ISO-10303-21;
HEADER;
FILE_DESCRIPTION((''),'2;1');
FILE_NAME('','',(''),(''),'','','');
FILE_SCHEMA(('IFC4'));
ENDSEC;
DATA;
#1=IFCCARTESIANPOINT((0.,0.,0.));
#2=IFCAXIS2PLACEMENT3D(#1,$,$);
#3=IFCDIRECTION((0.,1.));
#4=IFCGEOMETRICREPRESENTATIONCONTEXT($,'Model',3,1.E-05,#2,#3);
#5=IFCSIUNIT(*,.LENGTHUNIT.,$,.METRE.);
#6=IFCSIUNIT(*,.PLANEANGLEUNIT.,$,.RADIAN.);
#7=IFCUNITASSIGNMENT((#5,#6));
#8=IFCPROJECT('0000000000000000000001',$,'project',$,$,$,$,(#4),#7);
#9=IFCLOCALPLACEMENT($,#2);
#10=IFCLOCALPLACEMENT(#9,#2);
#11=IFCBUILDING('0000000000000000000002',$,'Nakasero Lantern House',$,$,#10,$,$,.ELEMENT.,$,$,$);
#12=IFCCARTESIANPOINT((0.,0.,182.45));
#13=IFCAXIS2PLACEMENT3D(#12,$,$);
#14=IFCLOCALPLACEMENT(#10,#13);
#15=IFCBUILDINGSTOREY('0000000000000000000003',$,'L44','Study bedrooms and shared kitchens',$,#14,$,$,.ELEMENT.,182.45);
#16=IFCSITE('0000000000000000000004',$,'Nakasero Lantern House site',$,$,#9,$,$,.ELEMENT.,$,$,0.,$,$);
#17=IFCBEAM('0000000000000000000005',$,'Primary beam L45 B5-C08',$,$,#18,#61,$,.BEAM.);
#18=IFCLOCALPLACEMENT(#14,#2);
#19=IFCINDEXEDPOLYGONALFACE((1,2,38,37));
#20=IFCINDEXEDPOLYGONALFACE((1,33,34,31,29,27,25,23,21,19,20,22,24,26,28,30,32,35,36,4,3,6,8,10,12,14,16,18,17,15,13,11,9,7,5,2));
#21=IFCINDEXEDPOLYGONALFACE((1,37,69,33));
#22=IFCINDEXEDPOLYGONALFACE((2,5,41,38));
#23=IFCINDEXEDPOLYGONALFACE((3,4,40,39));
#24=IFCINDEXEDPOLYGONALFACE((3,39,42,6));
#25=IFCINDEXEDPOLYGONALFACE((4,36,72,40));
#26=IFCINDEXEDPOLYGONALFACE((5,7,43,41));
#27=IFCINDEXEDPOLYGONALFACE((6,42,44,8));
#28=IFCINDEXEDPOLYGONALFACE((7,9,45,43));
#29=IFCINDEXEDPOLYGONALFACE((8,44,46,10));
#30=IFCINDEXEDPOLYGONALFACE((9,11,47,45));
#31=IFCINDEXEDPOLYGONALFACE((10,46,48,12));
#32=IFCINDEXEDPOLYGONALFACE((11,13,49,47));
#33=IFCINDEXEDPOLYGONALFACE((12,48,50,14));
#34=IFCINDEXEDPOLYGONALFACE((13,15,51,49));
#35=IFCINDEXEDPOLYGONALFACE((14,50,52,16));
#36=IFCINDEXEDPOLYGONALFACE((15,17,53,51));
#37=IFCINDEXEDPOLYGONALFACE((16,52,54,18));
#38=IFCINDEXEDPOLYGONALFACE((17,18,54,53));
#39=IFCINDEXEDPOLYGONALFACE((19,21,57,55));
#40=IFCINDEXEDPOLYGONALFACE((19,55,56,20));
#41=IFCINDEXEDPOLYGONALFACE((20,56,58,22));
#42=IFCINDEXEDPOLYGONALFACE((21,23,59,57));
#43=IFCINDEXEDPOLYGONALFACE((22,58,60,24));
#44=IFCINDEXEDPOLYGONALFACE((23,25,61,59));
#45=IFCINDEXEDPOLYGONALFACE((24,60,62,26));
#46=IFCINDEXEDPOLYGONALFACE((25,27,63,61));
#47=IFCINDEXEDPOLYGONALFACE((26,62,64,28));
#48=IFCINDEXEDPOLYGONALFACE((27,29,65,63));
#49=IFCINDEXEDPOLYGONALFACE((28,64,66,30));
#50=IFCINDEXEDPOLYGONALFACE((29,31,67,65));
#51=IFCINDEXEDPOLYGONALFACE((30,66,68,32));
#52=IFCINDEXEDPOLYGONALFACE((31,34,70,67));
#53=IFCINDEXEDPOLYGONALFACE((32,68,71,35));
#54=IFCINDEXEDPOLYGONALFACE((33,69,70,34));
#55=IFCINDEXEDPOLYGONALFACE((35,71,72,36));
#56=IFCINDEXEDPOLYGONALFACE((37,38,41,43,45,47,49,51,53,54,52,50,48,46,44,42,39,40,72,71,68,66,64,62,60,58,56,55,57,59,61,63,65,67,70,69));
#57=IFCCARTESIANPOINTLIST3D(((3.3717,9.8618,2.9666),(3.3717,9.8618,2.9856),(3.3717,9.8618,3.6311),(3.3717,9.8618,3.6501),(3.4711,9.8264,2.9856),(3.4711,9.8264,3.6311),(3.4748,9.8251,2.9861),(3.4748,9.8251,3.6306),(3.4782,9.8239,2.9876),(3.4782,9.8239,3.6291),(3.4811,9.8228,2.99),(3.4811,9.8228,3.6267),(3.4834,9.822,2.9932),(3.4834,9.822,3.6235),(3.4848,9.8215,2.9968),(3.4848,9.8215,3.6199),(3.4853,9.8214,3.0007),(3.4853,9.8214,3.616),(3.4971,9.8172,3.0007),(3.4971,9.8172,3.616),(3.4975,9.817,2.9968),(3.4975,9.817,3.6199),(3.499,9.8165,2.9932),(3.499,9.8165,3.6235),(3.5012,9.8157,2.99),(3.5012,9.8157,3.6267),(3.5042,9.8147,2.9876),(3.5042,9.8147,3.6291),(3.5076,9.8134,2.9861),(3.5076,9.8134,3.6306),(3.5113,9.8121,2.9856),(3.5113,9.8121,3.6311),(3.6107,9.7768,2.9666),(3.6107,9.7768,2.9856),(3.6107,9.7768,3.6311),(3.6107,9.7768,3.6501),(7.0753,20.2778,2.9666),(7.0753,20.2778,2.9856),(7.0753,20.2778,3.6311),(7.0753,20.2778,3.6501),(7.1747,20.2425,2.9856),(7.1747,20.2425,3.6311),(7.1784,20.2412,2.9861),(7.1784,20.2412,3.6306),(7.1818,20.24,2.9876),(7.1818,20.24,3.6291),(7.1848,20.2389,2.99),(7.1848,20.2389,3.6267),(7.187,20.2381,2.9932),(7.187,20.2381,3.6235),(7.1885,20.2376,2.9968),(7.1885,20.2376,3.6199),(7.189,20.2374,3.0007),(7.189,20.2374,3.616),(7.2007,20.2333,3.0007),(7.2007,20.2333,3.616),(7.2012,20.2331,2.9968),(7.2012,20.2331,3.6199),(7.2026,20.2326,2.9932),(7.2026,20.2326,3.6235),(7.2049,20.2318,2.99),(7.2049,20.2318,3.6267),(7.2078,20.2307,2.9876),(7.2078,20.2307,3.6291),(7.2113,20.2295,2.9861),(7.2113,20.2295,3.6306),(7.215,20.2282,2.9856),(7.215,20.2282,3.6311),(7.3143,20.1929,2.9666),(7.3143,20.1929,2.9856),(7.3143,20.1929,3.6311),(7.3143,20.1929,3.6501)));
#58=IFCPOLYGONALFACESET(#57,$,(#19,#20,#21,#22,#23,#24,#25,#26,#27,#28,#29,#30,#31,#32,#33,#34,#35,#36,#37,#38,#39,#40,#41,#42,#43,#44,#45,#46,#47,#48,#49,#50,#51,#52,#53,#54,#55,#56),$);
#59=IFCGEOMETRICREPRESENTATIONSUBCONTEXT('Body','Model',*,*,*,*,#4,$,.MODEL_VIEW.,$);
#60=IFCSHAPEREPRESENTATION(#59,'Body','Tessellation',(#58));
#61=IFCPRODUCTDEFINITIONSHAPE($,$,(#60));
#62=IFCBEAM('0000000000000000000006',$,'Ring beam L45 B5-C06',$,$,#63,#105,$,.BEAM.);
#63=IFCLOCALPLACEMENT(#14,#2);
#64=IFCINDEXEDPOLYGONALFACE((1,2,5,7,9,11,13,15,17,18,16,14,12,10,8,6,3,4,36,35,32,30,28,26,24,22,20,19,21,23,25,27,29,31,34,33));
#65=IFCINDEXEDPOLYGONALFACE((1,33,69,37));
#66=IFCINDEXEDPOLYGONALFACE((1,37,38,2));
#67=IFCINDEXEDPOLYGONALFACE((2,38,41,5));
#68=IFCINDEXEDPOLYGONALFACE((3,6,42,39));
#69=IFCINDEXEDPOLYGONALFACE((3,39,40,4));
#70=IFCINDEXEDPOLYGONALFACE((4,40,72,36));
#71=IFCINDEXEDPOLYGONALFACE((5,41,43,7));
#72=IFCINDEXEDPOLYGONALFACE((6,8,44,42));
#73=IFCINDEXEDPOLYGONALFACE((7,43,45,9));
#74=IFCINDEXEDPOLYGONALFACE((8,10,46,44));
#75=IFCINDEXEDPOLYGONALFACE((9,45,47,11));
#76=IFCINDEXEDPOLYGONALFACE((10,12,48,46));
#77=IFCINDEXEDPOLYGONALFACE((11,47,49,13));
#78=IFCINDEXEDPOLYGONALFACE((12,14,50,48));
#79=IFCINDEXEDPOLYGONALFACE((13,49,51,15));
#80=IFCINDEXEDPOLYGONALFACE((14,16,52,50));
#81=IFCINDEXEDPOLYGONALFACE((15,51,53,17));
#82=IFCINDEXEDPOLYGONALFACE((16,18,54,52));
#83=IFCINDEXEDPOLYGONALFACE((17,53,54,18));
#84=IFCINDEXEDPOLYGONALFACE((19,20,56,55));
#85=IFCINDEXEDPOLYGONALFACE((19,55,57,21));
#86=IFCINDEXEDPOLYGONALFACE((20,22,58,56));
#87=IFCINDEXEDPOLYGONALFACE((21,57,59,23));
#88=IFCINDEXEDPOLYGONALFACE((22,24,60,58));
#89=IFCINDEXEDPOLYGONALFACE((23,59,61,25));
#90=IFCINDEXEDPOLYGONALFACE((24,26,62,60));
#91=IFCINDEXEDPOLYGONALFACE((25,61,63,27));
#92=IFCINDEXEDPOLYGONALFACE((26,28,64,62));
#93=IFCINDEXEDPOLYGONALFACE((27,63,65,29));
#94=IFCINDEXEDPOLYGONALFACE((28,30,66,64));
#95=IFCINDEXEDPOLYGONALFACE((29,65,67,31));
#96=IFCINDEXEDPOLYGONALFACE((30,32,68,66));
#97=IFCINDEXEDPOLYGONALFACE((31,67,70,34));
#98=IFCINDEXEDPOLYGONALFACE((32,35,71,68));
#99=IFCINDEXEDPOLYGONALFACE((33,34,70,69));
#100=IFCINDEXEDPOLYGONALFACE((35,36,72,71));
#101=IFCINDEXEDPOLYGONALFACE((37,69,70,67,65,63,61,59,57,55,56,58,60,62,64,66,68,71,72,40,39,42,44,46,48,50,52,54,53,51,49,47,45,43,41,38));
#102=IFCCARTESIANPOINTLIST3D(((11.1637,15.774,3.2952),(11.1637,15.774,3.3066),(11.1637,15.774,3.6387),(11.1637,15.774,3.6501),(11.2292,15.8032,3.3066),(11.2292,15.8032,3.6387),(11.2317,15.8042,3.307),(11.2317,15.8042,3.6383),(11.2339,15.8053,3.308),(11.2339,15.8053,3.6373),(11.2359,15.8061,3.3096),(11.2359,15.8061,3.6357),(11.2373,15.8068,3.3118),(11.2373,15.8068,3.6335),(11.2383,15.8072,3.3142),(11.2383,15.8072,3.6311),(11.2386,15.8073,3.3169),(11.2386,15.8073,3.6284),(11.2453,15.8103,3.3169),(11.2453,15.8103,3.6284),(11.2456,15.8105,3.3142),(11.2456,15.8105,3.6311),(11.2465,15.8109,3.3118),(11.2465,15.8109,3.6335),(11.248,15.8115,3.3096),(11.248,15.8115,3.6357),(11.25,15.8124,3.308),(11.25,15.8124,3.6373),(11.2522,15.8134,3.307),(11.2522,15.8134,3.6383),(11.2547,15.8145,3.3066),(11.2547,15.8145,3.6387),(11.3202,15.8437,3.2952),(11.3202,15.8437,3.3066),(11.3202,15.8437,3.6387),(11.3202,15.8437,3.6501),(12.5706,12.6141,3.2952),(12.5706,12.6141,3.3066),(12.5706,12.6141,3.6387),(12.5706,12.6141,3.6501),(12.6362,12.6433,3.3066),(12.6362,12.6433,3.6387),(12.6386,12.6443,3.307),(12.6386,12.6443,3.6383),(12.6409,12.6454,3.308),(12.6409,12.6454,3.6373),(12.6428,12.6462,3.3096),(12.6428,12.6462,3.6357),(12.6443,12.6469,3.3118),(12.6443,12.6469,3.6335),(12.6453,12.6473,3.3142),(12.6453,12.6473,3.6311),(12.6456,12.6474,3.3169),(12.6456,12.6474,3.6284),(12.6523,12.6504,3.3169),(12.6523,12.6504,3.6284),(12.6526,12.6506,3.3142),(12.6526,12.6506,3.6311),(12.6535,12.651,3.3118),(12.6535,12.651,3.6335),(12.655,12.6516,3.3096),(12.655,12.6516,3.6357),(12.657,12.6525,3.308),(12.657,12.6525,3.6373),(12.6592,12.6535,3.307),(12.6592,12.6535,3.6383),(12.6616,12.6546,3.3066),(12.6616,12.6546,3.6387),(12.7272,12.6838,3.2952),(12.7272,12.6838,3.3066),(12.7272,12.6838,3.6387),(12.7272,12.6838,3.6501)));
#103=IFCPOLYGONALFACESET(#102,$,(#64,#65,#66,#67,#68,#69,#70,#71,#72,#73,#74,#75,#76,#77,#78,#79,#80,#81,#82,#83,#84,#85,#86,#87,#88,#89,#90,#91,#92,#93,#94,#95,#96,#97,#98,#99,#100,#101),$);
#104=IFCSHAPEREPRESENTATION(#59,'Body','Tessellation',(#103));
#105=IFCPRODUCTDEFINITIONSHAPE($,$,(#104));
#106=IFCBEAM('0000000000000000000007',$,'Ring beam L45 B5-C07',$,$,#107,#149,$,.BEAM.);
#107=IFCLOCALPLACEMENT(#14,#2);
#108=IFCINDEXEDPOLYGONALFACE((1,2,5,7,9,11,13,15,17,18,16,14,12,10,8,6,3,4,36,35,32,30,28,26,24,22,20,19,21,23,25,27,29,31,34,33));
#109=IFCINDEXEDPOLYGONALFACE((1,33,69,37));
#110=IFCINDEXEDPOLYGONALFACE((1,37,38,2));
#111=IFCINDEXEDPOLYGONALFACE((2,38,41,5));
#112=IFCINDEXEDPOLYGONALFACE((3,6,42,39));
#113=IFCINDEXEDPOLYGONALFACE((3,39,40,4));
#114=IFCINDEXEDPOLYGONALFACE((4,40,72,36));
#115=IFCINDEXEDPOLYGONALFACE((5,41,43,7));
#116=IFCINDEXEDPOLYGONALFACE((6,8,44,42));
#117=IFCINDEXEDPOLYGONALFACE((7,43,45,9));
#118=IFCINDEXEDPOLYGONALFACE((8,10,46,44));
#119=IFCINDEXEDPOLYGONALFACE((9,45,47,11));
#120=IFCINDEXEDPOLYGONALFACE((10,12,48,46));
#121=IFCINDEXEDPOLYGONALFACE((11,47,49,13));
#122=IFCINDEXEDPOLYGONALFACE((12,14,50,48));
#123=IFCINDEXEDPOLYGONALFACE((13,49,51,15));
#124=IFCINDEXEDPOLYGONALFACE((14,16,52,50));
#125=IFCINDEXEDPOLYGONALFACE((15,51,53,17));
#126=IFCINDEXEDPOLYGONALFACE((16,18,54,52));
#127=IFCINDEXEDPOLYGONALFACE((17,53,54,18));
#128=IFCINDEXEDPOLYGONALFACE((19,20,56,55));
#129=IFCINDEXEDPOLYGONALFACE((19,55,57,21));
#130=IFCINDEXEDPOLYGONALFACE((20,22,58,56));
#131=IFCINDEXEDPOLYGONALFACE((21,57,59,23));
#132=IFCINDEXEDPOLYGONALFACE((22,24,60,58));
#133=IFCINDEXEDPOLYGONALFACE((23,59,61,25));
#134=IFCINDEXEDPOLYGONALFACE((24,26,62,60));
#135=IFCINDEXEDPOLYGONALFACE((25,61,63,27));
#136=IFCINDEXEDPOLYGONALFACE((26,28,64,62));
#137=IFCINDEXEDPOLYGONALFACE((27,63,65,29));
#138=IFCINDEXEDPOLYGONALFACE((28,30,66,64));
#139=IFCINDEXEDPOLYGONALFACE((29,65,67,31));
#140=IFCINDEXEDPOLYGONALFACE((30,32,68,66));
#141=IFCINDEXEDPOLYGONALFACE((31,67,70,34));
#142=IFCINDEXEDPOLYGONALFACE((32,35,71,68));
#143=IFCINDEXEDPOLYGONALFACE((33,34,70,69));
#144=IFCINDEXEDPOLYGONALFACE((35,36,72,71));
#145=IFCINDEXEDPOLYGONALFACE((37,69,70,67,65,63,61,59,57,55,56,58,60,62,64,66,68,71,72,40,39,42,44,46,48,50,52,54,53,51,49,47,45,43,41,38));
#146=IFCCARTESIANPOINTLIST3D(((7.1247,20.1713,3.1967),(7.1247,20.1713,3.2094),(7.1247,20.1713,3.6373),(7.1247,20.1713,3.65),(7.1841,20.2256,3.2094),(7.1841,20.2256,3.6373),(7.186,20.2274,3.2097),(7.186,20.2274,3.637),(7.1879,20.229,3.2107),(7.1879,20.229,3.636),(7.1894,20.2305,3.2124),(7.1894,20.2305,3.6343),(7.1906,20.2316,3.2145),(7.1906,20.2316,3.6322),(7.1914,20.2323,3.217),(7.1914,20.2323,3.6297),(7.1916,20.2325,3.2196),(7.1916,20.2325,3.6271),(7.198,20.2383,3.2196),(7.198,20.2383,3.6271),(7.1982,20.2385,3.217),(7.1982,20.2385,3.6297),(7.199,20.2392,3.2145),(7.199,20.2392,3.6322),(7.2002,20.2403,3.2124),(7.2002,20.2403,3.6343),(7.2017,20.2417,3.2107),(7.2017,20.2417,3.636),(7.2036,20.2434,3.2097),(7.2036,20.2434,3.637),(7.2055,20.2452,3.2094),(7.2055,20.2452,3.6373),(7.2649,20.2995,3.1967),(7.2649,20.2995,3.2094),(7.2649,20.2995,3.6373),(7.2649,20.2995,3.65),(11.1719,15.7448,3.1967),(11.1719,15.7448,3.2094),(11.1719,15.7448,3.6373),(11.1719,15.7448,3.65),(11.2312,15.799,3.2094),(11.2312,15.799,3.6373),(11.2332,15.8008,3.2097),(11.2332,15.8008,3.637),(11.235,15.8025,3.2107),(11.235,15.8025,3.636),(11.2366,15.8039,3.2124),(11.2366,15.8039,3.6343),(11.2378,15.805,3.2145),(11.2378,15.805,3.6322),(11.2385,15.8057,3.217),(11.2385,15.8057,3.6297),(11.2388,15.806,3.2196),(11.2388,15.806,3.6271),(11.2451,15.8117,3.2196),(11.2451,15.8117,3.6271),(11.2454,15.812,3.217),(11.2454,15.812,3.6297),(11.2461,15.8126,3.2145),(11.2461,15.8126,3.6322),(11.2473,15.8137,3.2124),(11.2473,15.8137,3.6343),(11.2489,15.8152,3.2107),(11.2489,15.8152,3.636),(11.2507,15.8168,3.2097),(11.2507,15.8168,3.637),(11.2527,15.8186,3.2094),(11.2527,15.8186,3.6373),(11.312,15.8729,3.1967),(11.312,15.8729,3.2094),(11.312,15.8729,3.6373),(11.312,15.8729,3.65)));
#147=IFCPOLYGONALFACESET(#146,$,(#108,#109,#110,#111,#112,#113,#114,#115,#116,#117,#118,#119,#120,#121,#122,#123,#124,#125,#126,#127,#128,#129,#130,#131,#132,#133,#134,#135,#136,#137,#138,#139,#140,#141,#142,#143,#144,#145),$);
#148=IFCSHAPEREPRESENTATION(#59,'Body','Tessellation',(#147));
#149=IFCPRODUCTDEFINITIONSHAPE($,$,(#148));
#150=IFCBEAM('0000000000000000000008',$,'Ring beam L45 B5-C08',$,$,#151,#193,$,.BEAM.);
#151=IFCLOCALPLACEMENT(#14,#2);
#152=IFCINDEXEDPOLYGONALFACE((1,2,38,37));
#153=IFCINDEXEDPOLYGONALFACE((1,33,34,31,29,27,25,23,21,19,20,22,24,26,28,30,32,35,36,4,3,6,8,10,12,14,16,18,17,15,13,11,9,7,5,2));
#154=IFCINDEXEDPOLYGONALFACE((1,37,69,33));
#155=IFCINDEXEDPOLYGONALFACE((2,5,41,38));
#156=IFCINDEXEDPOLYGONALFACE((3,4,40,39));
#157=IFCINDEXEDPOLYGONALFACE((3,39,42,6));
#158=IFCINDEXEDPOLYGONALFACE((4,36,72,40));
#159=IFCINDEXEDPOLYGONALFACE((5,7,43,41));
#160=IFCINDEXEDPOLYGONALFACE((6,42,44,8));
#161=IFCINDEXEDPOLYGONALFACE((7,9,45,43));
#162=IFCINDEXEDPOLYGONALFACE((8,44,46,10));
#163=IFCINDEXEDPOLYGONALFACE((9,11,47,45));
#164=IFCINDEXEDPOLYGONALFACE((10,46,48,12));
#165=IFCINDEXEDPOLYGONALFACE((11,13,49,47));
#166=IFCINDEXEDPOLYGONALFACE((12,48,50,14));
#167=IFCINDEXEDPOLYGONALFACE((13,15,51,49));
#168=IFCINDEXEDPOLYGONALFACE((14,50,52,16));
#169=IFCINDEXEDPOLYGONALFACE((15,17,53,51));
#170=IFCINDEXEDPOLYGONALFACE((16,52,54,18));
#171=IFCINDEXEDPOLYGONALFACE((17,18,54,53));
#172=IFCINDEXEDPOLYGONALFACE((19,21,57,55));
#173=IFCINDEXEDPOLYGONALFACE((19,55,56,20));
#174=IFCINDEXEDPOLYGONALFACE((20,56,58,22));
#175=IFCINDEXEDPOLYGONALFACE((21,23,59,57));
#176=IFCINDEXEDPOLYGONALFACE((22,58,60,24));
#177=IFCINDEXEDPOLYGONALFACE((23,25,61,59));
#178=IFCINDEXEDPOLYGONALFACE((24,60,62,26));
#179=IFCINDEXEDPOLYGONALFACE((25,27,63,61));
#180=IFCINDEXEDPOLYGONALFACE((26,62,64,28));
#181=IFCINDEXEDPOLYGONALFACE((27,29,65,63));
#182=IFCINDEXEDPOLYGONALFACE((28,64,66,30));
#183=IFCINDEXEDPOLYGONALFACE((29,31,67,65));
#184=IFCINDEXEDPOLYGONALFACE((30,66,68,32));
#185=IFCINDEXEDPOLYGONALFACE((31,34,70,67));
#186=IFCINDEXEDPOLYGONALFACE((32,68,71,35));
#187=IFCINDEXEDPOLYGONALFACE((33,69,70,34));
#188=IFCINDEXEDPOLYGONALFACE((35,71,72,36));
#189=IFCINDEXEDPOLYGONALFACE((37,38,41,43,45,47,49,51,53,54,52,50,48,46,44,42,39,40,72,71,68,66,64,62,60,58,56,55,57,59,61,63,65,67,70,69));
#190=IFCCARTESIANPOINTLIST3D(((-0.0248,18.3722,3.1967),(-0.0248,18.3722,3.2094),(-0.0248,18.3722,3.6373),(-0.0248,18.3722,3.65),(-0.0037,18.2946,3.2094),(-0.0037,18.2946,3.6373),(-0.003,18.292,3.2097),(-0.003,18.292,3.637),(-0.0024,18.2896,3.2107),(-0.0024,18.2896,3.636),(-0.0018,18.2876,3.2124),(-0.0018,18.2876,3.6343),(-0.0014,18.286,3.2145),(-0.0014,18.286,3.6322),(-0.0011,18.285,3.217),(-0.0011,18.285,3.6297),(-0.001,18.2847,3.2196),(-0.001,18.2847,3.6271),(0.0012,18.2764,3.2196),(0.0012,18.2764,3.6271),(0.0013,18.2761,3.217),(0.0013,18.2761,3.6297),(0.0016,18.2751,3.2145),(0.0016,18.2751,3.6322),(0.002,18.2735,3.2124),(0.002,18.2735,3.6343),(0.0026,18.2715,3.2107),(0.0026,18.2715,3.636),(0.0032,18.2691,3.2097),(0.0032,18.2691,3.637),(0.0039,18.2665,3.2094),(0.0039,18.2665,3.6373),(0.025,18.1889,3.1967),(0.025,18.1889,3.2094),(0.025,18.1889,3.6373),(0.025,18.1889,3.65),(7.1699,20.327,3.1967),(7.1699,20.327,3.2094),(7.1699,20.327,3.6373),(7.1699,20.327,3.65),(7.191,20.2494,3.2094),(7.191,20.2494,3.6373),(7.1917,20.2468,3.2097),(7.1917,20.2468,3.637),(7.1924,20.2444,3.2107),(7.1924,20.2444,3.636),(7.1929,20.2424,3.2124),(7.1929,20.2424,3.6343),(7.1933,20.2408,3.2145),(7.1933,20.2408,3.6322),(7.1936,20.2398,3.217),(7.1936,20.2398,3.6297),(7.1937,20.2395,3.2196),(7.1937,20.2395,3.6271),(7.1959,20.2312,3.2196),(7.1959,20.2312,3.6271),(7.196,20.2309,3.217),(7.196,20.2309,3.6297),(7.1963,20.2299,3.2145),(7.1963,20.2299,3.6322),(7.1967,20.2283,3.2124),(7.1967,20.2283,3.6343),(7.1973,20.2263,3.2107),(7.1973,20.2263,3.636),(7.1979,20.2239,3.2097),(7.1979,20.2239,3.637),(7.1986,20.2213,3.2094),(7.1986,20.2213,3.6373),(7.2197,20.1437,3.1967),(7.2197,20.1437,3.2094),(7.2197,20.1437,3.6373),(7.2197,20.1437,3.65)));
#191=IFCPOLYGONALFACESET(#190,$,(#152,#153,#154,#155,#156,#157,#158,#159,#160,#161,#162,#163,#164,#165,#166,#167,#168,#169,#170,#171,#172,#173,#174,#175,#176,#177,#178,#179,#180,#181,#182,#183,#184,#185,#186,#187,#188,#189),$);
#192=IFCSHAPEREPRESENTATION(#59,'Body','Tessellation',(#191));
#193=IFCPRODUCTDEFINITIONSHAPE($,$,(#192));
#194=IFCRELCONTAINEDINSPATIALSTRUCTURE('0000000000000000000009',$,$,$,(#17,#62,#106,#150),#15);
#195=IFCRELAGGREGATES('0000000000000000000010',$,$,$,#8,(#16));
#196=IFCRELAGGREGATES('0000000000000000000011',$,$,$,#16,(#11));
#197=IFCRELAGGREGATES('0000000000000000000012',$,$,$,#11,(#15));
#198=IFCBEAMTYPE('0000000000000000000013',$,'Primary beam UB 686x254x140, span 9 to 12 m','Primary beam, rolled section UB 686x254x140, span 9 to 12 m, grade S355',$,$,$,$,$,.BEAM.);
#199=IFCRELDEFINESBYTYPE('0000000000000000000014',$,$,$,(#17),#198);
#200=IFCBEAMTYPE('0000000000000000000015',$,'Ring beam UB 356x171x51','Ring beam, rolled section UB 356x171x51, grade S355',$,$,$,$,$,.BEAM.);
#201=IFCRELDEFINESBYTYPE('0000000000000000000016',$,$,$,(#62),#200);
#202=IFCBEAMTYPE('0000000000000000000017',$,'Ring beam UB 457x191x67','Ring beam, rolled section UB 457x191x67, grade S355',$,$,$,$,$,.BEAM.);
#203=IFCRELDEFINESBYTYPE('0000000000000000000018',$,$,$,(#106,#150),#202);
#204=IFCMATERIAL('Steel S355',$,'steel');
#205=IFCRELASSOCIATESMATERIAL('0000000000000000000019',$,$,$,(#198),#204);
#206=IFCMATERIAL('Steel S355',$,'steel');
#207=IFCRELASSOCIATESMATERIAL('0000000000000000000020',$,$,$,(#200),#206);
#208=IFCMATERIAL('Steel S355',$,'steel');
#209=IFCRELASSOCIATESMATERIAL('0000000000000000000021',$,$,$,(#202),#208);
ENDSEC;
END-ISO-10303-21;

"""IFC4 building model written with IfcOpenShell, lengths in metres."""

from ifc_helpers import new_model, si_unit, direction, frame, origin, origin_2d, place, context, subcontext, project, spatial, i_section, extrude, material, material_profile, profile_set, type_object, element, save


model = new_model("IFC4")

# Units and contexts
model_context = context("Model", 3, precision=1e-05, world=origin(), true_north=direction((0.0, 1.0)))
body_context = subcontext(model_context, "Body", "Model", "MODEL_VIEW")
ifc_project = project(units=[si_unit("LENGTHUNIT", "METRE"), si_unit("PLANEANGLEUNIT", "RADIAN")], contexts=[model_context])

# Site, building, storey
site_placement = place(None, origin())
site = spatial("IfcSite", under=ifc_project, at=site_placement, Name="Nakasero Lantern House site", CompositionType="ELEMENT", RefElevation=0.0)
building_placement = place(site_placement, origin())
building = spatial("IfcBuilding", under=site, at=building_placement, Name="Nakasero Lantern House", CompositionType="ELEMENT")
storey_placement = place(building_placement, frame((0.0, 0.0, 182.45)))
storey = spatial("IfcBuildingStorey", under=building, at=storey_placement, Name="L44", Description="Study bedrooms and shared kitchens", CompositionType="ELEMENT", Elevation=182.45)

# Beams
ifc_material_1 = material(Name="Steel S355", Category="steel")
ifc_material_profile_1 = material_profile(ifc_material_1, i_section(OverallWidth=0.2537, OverallDepth=0.6836, WebThickness=0.0125, FlangeThickness=0.019, FilletRadius=0.0151, at=origin_2d()), Name="UB 686x254x140")
ifc_profile_set_1 = profile_set([ifc_material_profile_1], Name="Steel S355")
beam_type_1 = type_object("IfcBeamType", Name="Primary beam UB 686x254x140, span 9 to 12 m", Description="Primary beam, rolled section UB 686x254x140, span 9 to 12 m, grade S355", PredefinedType="BEAM", material=ifc_profile_set_1)
beam_1_placement = place(storey_placement, frame((7.1948, 20.2354, 3.3083), z_axis=(-0.335021, -0.942211, 0.0), x_axis=(0.942211, -0.335021, 0.0)))
element("IfcBeam", 1, at=beam_1_placement, inside=storey, type_object=beam_type_1, Name="Primary beam L45 B5-C08", PredefinedType="BEAM", context=body_context, shape_type="SweptSolid", body=[
    extrude(i_section(OverallWidth=0.2537, OverallDepth=0.6836, WebThickness=0.0125, FlangeThickness=0.019, FilletRadius=0.0151, at=origin_2d()), origin(), (0.0, 0.0, 1.0), 11.0549),
])
ifc_material_2 = material(Name="Steel S355", Category="steel")
ifc_material_profile_2 = material_profile(ifc_material_2, i_section(OverallWidth=0.1714, OverallDepth=0.355, WebThickness=0.0073, FlangeThickness=0.0115, FilletRadius=0.0103, at=origin_2d()), Name="UB 356x171x51")
ifc_profile_set_2 = profile_set([ifc_material_profile_2], Name="Steel S355")
beam_type_2 = type_object("IfcBeamType", Name="Ring beam UB 356x171x51", Description="Ring beam, rolled section UB 356x171x51, grade S355", PredefinedType="BEAM", material=ifc_profile_set_2)
beam_2_placement = place(storey_placement, frame((12.6489, 12.6489, 3.4727), z_axis=(-0.406761, 0.913535, 0.0), x_axis=(-0.913535, -0.406761, 0.0)))
element("IfcBeam", 2, at=beam_2_placement, inside=storey, type_object=beam_type_2, Name="Ring beam L45 B5-C06", PredefinedType="BEAM", context=body_context, shape_type="SweptSolid", body=[
    extrude(i_section(OverallWidth=0.1714, OverallDepth=0.355, WebThickness=0.0073, FlangeThickness=0.0115, FilletRadius=0.0103, at=origin_2d()), origin(), (0.0, 0.0, 1.0), 3.459),
])
ifc_material_3 = material(Name="Steel S355", Category="steel")
ifc_material_profile_3 = material_profile(ifc_material_3, i_section(OverallWidth=0.1899, OverallDepth=0.4534, WebThickness=0.0085, FlangeThickness=0.0127, FilletRadius=0.0103, at=origin_2d()), Name="UB 457x191x67")
ifc_profile_set_3 = profile_set([ifc_material_profile_3], Name="Steel S355")
beam_type_3 = type_object("IfcBeamType", Name="Ring beam UB 457x191x67", Description="Ring beam, rolled section UB 457x191x67, grade S355", PredefinedType="BEAM", material=ifc_profile_set_3)
beam_3_placement = place(storey_placement, frame((11.2419, 15.8088, 3.4233), z_axis=(-0.674771, 0.738027, 0.0), x_axis=(-0.738027, -0.674771, 0.0)))
element("IfcBeam", 3, at=beam_3_placement, inside=storey, type_object=beam_type_3, Name="Ring beam L45 B5-C07", PredefinedType="BEAM", context=body_context, shape_type="SweptSolid", body=[
    extrude(i_section(OverallWidth=0.1899, OverallDepth=0.4534, WebThickness=0.0085, FlangeThickness=0.0127, FilletRadius=0.0103, at=origin_2d()), origin(), (0.0, 0.0, 1.0), 5.9978),
])
beam_4_placement = place(storey_placement, frame((7.1948, 20.2354, 3.4233), z_axis=(-0.965015, -0.262195, 0.0), x_axis=(0.262195, -0.965015, 0.0)))
element("IfcBeam", 4, at=beam_4_placement, inside=storey, type_object=beam_type_3, Name="Ring beam L45 B5-C08", PredefinedType="BEAM", context=body_context, shape_type="SweptSolid", body=[
    extrude(i_section(OverallWidth=0.1899, OverallDepth=0.4534, WebThickness=0.0085, FlangeThickness=0.0127, FilletRadius=0.0103, at=origin_2d()), origin(), (0.0, 0.0, 1.0), 7.4556),
])

save(model, "model.ifc")
